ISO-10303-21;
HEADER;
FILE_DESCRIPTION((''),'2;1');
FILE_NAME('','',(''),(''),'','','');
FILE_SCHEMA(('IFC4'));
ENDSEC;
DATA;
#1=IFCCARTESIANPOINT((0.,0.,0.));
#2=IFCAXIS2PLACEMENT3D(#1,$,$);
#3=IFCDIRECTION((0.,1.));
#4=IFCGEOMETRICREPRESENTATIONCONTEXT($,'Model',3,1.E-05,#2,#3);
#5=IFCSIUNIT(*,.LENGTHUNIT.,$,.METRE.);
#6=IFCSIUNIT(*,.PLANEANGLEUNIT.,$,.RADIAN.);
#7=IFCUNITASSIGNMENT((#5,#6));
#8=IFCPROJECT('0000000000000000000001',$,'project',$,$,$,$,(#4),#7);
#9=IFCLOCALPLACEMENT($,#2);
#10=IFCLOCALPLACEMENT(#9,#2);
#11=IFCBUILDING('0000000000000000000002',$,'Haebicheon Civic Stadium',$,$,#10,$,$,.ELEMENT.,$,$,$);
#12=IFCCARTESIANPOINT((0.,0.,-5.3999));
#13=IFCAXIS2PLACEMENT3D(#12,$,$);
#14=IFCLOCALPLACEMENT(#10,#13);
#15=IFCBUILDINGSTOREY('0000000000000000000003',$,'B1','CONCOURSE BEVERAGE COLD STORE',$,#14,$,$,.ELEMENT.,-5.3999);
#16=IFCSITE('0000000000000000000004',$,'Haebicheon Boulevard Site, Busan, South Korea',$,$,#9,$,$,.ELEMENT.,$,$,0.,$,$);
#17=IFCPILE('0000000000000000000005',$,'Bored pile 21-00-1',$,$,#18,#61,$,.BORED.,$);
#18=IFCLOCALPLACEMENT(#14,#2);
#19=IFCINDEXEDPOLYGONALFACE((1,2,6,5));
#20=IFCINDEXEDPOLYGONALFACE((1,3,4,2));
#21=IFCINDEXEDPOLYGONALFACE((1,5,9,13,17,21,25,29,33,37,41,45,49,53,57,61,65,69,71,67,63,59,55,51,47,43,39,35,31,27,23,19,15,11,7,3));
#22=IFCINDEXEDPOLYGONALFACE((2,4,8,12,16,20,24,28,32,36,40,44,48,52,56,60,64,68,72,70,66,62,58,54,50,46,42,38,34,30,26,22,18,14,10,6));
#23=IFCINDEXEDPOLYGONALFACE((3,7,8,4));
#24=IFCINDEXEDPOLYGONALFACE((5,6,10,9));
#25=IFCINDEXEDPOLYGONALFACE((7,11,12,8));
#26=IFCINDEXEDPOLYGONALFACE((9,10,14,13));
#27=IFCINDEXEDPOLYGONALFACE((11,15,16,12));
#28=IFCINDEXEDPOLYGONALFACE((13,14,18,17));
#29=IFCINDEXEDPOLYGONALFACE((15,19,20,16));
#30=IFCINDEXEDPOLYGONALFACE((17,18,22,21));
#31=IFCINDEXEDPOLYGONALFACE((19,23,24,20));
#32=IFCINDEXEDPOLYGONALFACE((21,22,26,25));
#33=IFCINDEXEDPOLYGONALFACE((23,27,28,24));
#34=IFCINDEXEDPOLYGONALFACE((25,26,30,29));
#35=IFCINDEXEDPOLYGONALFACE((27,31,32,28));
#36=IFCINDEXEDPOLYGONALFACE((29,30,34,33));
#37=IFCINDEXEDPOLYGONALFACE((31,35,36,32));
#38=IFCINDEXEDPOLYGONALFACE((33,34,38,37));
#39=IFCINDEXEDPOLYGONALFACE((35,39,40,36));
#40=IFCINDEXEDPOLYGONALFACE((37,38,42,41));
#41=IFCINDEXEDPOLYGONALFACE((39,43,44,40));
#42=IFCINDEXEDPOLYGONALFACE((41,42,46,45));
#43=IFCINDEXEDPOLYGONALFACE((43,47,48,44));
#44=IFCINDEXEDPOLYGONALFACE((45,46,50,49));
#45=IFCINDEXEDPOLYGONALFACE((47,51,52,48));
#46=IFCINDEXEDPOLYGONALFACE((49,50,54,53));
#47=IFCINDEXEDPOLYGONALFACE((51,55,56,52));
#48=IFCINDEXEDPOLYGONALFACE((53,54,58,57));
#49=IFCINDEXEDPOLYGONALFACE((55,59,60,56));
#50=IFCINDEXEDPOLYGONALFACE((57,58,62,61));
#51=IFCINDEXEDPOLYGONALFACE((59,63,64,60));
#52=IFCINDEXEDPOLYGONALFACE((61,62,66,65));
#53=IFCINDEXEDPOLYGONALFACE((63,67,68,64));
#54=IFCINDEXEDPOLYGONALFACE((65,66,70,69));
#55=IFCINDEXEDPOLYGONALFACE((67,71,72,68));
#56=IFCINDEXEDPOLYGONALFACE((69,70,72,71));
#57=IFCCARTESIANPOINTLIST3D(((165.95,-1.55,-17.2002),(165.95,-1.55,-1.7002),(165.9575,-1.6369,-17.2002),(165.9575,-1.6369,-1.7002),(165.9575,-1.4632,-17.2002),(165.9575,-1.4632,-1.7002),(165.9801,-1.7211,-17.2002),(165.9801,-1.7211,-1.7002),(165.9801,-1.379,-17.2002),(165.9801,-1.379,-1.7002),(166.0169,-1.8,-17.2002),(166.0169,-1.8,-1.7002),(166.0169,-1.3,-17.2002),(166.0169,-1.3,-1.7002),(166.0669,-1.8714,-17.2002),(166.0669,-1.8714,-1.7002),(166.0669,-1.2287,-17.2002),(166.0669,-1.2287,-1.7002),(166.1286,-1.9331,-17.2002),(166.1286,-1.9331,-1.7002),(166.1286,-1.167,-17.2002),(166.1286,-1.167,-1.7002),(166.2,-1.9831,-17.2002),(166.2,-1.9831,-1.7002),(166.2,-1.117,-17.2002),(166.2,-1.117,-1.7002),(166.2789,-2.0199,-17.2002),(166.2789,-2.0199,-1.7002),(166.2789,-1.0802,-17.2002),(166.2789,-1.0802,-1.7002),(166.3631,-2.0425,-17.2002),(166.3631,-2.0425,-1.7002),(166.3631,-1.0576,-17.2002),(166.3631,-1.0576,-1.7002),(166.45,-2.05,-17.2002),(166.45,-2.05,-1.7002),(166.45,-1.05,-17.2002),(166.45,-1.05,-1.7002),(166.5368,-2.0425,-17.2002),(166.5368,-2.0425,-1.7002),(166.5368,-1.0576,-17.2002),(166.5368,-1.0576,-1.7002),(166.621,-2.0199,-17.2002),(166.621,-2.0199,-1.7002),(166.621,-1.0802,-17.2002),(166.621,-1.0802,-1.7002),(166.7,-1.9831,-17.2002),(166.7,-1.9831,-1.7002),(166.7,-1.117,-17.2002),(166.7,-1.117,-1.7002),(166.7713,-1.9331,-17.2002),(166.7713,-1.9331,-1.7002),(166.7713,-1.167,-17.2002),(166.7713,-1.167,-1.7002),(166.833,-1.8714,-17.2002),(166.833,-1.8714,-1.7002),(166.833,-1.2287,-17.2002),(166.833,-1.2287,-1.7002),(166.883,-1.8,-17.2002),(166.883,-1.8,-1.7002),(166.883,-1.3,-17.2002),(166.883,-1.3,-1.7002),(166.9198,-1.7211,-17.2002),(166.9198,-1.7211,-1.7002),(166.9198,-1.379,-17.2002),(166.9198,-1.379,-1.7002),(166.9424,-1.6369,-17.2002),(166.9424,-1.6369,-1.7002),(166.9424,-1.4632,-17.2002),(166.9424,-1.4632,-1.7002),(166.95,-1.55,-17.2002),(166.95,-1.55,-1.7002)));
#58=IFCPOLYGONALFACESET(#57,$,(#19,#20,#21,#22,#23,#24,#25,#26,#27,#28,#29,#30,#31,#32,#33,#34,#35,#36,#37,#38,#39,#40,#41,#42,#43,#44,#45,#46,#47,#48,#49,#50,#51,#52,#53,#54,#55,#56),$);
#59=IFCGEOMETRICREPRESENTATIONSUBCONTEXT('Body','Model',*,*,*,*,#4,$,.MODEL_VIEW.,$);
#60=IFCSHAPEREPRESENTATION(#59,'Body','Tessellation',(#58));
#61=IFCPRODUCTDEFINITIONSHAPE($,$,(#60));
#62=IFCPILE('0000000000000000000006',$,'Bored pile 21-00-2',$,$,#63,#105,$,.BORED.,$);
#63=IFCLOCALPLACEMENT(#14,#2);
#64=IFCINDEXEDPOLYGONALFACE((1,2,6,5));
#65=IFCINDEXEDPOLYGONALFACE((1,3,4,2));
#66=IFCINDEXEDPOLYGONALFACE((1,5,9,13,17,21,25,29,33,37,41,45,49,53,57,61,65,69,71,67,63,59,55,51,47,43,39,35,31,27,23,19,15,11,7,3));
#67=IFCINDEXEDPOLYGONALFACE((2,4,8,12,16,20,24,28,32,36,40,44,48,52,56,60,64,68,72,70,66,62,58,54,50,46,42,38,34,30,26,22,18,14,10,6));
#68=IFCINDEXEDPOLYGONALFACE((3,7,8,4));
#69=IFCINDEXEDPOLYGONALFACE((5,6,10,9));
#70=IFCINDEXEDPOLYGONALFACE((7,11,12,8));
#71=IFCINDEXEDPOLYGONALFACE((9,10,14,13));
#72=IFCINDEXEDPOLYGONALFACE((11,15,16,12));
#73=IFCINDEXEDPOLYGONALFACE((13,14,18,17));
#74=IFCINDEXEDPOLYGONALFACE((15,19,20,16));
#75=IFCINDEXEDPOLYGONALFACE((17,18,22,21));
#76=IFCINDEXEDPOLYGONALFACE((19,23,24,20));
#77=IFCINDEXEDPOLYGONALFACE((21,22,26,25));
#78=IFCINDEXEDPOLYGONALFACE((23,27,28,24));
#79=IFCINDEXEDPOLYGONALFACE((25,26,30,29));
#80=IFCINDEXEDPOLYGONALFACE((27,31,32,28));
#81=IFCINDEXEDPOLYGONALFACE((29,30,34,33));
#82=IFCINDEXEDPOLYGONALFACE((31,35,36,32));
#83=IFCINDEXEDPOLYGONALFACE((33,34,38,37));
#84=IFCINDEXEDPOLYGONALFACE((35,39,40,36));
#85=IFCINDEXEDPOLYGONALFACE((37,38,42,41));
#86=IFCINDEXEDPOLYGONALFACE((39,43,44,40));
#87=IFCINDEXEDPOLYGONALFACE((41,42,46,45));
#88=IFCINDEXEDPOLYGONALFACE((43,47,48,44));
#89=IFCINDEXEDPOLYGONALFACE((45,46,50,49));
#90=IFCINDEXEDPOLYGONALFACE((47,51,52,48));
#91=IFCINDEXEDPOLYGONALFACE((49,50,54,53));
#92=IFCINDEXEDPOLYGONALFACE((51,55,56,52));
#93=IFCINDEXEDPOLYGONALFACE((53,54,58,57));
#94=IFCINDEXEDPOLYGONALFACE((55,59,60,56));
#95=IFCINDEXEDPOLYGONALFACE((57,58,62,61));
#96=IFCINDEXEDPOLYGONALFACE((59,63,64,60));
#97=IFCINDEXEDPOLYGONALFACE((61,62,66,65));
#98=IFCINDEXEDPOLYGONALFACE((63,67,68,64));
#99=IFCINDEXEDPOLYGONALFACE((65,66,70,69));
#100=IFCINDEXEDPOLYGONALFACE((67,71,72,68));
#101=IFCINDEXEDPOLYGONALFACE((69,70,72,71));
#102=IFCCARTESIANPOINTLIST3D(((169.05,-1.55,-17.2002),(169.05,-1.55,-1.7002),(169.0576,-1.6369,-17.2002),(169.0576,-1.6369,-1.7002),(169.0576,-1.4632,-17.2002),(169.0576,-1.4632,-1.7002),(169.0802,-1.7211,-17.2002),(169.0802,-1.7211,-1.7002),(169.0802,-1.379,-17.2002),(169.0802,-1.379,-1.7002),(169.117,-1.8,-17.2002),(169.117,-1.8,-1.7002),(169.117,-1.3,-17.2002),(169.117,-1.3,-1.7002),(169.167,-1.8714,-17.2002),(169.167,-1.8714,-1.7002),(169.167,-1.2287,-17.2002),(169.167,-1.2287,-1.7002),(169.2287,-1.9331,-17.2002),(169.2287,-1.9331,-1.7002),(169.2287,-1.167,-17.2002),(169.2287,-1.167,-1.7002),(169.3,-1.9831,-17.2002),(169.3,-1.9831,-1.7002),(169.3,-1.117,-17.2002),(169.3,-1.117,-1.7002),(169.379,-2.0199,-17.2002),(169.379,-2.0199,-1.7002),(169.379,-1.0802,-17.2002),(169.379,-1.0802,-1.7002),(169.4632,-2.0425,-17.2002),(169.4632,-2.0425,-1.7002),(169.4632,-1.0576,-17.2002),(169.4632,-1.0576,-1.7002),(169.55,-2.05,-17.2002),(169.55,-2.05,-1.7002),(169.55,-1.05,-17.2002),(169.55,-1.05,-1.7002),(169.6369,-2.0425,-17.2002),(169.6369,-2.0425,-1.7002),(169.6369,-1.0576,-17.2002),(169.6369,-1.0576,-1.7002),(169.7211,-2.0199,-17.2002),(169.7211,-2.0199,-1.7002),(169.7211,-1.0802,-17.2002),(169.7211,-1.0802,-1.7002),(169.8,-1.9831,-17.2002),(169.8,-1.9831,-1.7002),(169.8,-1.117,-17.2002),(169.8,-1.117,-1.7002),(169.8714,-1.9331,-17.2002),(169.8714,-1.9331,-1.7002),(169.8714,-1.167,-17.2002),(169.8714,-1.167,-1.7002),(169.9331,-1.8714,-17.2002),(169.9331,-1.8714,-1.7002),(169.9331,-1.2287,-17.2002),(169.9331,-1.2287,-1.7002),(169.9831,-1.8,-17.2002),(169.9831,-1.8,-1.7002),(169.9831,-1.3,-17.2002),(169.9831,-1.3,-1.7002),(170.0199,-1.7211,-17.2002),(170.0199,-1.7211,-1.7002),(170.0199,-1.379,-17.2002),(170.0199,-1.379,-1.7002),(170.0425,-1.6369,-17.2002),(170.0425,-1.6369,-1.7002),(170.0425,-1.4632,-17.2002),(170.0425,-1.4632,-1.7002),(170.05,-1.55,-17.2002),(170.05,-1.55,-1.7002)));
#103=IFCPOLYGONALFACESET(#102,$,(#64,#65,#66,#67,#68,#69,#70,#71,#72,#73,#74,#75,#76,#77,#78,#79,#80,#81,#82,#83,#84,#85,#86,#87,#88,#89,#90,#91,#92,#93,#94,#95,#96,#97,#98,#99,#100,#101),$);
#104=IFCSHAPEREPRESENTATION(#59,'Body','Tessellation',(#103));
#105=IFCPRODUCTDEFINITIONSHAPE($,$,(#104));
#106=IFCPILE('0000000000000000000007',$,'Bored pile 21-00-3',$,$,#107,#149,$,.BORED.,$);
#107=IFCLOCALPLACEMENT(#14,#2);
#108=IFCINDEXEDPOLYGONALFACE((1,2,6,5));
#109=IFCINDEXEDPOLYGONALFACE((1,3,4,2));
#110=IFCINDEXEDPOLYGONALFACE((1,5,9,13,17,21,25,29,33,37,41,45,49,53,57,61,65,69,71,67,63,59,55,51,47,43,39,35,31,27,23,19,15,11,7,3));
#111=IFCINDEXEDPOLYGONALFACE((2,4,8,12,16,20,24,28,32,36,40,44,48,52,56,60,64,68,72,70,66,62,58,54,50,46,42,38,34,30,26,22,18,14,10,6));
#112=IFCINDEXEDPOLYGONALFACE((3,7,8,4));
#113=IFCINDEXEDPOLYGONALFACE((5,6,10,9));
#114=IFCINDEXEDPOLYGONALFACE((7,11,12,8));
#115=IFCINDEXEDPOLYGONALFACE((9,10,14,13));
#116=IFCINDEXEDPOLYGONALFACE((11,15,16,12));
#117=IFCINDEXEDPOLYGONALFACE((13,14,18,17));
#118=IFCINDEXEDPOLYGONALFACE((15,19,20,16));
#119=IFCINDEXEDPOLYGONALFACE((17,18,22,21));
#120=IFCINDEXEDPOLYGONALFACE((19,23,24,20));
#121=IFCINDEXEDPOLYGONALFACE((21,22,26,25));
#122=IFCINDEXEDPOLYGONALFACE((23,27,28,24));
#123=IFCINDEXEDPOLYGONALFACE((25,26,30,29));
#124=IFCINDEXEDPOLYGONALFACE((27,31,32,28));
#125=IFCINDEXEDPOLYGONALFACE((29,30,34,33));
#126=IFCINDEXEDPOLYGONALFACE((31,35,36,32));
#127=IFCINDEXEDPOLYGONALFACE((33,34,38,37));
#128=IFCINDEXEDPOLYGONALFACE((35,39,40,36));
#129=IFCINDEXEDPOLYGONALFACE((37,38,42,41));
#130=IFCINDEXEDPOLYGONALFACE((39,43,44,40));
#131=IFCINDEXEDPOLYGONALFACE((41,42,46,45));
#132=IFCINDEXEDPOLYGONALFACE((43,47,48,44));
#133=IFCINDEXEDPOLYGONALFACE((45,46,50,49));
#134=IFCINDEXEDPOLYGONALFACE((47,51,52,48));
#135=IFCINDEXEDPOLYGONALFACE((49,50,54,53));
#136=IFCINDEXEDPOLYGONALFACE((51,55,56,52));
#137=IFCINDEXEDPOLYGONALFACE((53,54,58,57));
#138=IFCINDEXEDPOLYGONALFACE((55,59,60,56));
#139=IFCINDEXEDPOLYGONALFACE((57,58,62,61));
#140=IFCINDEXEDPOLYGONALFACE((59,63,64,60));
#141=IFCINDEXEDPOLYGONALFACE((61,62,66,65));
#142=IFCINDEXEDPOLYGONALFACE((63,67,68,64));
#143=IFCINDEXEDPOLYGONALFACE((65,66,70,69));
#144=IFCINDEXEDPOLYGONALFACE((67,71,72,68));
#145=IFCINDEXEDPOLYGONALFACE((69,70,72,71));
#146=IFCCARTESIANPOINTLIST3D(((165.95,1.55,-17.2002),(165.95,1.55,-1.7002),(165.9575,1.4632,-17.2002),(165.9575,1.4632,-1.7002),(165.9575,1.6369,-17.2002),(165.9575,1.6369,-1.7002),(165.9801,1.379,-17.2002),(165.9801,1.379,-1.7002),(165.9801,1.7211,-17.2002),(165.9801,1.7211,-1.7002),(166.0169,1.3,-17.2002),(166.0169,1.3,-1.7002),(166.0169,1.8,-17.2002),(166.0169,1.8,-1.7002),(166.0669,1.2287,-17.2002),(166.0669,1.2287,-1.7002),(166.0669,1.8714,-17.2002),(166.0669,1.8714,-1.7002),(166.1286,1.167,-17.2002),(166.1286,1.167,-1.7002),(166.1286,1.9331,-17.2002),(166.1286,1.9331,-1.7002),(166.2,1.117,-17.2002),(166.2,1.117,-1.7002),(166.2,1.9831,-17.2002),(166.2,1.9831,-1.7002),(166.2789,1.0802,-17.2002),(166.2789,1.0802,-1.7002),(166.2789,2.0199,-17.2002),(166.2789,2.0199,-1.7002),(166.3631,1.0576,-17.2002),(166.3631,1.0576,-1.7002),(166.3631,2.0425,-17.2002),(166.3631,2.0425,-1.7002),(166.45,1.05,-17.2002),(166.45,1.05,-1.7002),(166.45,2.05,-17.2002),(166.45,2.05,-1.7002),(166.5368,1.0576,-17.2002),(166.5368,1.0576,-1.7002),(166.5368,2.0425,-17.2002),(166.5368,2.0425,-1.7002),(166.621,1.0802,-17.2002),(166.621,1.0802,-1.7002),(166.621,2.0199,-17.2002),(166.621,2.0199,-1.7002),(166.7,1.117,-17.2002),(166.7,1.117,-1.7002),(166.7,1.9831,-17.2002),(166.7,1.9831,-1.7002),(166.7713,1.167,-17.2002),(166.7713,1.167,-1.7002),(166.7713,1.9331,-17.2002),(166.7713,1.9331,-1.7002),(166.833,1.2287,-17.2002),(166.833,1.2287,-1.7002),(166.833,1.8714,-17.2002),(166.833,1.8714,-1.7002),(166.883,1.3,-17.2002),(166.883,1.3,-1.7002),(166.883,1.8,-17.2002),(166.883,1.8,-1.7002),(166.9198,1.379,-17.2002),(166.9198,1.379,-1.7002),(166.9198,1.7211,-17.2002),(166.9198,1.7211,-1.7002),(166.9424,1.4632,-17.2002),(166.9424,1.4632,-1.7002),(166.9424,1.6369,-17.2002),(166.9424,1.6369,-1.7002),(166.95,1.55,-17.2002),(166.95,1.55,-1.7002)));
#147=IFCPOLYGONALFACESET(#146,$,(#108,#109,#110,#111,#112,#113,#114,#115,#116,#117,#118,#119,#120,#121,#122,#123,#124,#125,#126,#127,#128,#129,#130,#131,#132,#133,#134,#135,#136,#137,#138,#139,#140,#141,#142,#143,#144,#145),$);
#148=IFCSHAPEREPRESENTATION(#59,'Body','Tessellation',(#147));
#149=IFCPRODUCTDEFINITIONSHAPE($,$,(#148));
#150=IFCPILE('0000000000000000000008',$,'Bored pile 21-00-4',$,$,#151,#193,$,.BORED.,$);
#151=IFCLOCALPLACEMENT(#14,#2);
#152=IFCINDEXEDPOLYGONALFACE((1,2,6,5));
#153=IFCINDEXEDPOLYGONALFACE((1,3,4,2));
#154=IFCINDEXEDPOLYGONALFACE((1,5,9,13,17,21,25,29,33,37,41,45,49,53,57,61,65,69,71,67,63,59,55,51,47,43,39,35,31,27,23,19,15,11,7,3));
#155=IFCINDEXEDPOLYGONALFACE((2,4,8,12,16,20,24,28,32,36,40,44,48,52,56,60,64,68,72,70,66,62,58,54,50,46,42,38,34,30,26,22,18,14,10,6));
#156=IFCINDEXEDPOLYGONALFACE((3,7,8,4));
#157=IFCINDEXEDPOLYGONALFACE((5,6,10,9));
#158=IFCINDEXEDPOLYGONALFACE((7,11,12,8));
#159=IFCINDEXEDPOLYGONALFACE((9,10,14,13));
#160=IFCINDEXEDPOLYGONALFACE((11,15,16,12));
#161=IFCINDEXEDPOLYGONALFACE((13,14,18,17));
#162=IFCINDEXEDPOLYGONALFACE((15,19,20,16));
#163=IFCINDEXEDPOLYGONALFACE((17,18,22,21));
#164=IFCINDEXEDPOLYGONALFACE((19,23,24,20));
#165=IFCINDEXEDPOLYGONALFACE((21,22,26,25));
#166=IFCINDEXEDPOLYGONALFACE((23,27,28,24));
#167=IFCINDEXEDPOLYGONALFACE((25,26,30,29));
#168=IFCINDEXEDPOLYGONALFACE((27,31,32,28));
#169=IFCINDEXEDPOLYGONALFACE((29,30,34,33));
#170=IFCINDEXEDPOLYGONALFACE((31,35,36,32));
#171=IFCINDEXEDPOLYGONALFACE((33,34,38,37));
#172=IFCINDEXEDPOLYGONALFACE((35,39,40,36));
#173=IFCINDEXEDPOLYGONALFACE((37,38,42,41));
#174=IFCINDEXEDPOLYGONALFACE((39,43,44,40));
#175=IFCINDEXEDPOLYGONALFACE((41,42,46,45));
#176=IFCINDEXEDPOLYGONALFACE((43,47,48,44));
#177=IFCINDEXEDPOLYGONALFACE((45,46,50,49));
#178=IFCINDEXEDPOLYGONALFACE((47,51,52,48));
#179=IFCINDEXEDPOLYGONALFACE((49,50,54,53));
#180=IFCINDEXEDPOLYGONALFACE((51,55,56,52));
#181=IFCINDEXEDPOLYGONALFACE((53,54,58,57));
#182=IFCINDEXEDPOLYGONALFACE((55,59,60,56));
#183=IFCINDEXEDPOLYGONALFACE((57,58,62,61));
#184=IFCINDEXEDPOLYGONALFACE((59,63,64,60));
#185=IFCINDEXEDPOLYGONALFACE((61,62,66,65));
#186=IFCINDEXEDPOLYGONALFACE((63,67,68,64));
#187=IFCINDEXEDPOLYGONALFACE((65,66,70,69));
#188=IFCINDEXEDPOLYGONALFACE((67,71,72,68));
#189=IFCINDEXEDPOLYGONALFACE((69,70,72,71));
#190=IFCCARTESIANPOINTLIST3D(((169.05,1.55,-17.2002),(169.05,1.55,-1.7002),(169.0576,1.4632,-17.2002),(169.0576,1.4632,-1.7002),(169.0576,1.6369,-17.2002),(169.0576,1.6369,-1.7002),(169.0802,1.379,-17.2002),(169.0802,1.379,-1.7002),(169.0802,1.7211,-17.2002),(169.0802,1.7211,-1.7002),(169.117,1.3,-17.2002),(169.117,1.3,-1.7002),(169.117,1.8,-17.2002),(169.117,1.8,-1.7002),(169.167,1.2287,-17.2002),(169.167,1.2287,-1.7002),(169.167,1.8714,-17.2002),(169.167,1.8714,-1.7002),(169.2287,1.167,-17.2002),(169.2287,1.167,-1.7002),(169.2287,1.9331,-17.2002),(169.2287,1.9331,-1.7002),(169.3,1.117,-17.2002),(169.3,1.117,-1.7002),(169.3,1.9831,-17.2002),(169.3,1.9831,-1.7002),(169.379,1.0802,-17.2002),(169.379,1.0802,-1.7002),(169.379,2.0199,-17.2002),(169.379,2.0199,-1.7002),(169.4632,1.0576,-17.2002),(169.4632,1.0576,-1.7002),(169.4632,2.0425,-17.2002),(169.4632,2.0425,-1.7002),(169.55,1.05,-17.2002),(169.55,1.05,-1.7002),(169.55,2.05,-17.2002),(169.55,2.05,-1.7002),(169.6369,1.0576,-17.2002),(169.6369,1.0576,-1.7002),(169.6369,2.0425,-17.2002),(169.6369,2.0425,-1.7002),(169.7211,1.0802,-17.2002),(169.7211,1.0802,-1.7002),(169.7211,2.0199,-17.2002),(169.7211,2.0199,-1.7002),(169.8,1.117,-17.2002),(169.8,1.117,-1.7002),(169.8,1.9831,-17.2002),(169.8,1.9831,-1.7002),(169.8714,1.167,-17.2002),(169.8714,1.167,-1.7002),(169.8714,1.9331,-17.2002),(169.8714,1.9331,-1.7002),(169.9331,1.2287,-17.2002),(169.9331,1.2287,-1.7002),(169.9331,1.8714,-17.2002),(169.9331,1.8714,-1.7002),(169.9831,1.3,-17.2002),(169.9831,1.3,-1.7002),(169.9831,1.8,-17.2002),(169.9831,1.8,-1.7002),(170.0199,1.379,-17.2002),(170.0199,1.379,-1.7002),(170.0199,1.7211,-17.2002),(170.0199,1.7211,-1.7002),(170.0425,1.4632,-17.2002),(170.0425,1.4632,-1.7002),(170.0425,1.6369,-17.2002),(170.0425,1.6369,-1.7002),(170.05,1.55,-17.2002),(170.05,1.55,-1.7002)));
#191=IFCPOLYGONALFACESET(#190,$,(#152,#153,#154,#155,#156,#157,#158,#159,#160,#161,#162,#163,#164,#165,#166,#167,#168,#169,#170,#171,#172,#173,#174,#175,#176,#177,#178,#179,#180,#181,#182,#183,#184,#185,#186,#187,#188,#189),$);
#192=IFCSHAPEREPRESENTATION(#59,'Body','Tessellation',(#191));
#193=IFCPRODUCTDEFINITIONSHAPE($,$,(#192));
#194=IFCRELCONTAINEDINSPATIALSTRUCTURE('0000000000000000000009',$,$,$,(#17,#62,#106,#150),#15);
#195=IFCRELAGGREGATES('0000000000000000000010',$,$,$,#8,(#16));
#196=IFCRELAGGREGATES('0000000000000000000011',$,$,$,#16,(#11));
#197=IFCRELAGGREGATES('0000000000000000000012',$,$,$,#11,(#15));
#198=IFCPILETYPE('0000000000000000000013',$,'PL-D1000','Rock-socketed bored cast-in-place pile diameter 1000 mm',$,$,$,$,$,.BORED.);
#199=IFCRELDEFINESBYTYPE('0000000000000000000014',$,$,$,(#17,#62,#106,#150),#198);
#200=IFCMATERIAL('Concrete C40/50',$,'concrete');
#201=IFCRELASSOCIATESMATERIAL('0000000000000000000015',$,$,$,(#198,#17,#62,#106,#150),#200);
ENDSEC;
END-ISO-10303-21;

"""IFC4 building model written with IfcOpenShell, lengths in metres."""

from ifc_helpers import new_model, si_unit, direction, frame, origin, origin_2d, place, context, subcontext, project, spatial, circle, extrude, material, material_profile, profile_set, type_object, element, save


model = new_model("IFC4")

# Units and contexts
model_context = context("Model", 3, precision=1e-05, world=origin(), true_north=direction((0.0, 1.0)))
body_context = subcontext(model_context, "Body", "Model", "MODEL_VIEW")
ifc_project = project(units=[si_unit("LENGTHUNIT", "METRE"), si_unit("PLANEANGLEUNIT", "RADIAN")], contexts=[model_context])

# Site, building, storey
site_placement = place(None, origin())
site = spatial("IfcSite", under=ifc_project, at=site_placement, Name="Haebicheon Boulevard Site, Busan, South Korea", CompositionType="ELEMENT", RefElevation=0.0)
building_placement = place(site_placement, origin())
building = spatial("IfcBuilding", under=site, at=building_placement, Name="Haebicheon Civic Stadium", CompositionType="ELEMENT")
storey_placement = place(building_placement, frame((0.0, 0.0, -5.3999)))
storey = spatial("IfcBuildingStorey", under=building, at=storey_placement, Name="B1", Description="CONCOURSE BEVERAGE COLD STORE", CompositionType="ELEMENT", Elevation=-5.3999)

# Piles
ifc_material_1 = material(Name="Concrete C40/50", Category="concrete")
ifc_material_profile_1 = material_profile(ifc_material_1, circle(Radius=0.5, at=origin_2d()), Name="PILE-D1000")
ifc_profile_set_1 = profile_set([ifc_material_profile_1], Name="Concrete C40/50")
pile_type = type_object("IfcPileType", Name="PL-D1000", Description="Rock-socketed bored cast-in-place pile diameter 1000 mm", PredefinedType="BORED", material=ifc_profile_set_1)
for number, where, z_axis, x_axis, name in (
    (1, (166.45, -1.55, -1.7002), (0.0, 0.0, -1.0), (1.0, 0.0, 0.0), "Bored pile 21-00-1"),
    (2, (169.55, -1.55, -1.7002), (0.0, 0.0, -1.0), (1.0, 0.0, 0.0), "Bored pile 21-00-2"),
    (3, (166.45, 1.55, -1.7002), (0.0, 0.0, -1.0), (1.0, 0.0, 0.0), "Bored pile 21-00-3"),
    (4, (169.55, 1.55, -1.7002), (0.0, 0.0, -1.0), (1.0, 0.0, 0.0), "Bored pile 21-00-4"),
):
    element("IfcPile", number, at=place(storey_placement, frame(where, z_axis=z_axis, x_axis=x_axis)), inside=storey, type_object=pile_type, material=ifc_profile_set_1, Name=name, PredefinedType="BORED", context=body_context, shape_type="SweptSolid", body=[
        extrude(circle(Radius=0.5, at=origin_2d()), origin(), (0.0, 0.0, 1.0), 15.5),
    ])

save(model, "model.ifc")
